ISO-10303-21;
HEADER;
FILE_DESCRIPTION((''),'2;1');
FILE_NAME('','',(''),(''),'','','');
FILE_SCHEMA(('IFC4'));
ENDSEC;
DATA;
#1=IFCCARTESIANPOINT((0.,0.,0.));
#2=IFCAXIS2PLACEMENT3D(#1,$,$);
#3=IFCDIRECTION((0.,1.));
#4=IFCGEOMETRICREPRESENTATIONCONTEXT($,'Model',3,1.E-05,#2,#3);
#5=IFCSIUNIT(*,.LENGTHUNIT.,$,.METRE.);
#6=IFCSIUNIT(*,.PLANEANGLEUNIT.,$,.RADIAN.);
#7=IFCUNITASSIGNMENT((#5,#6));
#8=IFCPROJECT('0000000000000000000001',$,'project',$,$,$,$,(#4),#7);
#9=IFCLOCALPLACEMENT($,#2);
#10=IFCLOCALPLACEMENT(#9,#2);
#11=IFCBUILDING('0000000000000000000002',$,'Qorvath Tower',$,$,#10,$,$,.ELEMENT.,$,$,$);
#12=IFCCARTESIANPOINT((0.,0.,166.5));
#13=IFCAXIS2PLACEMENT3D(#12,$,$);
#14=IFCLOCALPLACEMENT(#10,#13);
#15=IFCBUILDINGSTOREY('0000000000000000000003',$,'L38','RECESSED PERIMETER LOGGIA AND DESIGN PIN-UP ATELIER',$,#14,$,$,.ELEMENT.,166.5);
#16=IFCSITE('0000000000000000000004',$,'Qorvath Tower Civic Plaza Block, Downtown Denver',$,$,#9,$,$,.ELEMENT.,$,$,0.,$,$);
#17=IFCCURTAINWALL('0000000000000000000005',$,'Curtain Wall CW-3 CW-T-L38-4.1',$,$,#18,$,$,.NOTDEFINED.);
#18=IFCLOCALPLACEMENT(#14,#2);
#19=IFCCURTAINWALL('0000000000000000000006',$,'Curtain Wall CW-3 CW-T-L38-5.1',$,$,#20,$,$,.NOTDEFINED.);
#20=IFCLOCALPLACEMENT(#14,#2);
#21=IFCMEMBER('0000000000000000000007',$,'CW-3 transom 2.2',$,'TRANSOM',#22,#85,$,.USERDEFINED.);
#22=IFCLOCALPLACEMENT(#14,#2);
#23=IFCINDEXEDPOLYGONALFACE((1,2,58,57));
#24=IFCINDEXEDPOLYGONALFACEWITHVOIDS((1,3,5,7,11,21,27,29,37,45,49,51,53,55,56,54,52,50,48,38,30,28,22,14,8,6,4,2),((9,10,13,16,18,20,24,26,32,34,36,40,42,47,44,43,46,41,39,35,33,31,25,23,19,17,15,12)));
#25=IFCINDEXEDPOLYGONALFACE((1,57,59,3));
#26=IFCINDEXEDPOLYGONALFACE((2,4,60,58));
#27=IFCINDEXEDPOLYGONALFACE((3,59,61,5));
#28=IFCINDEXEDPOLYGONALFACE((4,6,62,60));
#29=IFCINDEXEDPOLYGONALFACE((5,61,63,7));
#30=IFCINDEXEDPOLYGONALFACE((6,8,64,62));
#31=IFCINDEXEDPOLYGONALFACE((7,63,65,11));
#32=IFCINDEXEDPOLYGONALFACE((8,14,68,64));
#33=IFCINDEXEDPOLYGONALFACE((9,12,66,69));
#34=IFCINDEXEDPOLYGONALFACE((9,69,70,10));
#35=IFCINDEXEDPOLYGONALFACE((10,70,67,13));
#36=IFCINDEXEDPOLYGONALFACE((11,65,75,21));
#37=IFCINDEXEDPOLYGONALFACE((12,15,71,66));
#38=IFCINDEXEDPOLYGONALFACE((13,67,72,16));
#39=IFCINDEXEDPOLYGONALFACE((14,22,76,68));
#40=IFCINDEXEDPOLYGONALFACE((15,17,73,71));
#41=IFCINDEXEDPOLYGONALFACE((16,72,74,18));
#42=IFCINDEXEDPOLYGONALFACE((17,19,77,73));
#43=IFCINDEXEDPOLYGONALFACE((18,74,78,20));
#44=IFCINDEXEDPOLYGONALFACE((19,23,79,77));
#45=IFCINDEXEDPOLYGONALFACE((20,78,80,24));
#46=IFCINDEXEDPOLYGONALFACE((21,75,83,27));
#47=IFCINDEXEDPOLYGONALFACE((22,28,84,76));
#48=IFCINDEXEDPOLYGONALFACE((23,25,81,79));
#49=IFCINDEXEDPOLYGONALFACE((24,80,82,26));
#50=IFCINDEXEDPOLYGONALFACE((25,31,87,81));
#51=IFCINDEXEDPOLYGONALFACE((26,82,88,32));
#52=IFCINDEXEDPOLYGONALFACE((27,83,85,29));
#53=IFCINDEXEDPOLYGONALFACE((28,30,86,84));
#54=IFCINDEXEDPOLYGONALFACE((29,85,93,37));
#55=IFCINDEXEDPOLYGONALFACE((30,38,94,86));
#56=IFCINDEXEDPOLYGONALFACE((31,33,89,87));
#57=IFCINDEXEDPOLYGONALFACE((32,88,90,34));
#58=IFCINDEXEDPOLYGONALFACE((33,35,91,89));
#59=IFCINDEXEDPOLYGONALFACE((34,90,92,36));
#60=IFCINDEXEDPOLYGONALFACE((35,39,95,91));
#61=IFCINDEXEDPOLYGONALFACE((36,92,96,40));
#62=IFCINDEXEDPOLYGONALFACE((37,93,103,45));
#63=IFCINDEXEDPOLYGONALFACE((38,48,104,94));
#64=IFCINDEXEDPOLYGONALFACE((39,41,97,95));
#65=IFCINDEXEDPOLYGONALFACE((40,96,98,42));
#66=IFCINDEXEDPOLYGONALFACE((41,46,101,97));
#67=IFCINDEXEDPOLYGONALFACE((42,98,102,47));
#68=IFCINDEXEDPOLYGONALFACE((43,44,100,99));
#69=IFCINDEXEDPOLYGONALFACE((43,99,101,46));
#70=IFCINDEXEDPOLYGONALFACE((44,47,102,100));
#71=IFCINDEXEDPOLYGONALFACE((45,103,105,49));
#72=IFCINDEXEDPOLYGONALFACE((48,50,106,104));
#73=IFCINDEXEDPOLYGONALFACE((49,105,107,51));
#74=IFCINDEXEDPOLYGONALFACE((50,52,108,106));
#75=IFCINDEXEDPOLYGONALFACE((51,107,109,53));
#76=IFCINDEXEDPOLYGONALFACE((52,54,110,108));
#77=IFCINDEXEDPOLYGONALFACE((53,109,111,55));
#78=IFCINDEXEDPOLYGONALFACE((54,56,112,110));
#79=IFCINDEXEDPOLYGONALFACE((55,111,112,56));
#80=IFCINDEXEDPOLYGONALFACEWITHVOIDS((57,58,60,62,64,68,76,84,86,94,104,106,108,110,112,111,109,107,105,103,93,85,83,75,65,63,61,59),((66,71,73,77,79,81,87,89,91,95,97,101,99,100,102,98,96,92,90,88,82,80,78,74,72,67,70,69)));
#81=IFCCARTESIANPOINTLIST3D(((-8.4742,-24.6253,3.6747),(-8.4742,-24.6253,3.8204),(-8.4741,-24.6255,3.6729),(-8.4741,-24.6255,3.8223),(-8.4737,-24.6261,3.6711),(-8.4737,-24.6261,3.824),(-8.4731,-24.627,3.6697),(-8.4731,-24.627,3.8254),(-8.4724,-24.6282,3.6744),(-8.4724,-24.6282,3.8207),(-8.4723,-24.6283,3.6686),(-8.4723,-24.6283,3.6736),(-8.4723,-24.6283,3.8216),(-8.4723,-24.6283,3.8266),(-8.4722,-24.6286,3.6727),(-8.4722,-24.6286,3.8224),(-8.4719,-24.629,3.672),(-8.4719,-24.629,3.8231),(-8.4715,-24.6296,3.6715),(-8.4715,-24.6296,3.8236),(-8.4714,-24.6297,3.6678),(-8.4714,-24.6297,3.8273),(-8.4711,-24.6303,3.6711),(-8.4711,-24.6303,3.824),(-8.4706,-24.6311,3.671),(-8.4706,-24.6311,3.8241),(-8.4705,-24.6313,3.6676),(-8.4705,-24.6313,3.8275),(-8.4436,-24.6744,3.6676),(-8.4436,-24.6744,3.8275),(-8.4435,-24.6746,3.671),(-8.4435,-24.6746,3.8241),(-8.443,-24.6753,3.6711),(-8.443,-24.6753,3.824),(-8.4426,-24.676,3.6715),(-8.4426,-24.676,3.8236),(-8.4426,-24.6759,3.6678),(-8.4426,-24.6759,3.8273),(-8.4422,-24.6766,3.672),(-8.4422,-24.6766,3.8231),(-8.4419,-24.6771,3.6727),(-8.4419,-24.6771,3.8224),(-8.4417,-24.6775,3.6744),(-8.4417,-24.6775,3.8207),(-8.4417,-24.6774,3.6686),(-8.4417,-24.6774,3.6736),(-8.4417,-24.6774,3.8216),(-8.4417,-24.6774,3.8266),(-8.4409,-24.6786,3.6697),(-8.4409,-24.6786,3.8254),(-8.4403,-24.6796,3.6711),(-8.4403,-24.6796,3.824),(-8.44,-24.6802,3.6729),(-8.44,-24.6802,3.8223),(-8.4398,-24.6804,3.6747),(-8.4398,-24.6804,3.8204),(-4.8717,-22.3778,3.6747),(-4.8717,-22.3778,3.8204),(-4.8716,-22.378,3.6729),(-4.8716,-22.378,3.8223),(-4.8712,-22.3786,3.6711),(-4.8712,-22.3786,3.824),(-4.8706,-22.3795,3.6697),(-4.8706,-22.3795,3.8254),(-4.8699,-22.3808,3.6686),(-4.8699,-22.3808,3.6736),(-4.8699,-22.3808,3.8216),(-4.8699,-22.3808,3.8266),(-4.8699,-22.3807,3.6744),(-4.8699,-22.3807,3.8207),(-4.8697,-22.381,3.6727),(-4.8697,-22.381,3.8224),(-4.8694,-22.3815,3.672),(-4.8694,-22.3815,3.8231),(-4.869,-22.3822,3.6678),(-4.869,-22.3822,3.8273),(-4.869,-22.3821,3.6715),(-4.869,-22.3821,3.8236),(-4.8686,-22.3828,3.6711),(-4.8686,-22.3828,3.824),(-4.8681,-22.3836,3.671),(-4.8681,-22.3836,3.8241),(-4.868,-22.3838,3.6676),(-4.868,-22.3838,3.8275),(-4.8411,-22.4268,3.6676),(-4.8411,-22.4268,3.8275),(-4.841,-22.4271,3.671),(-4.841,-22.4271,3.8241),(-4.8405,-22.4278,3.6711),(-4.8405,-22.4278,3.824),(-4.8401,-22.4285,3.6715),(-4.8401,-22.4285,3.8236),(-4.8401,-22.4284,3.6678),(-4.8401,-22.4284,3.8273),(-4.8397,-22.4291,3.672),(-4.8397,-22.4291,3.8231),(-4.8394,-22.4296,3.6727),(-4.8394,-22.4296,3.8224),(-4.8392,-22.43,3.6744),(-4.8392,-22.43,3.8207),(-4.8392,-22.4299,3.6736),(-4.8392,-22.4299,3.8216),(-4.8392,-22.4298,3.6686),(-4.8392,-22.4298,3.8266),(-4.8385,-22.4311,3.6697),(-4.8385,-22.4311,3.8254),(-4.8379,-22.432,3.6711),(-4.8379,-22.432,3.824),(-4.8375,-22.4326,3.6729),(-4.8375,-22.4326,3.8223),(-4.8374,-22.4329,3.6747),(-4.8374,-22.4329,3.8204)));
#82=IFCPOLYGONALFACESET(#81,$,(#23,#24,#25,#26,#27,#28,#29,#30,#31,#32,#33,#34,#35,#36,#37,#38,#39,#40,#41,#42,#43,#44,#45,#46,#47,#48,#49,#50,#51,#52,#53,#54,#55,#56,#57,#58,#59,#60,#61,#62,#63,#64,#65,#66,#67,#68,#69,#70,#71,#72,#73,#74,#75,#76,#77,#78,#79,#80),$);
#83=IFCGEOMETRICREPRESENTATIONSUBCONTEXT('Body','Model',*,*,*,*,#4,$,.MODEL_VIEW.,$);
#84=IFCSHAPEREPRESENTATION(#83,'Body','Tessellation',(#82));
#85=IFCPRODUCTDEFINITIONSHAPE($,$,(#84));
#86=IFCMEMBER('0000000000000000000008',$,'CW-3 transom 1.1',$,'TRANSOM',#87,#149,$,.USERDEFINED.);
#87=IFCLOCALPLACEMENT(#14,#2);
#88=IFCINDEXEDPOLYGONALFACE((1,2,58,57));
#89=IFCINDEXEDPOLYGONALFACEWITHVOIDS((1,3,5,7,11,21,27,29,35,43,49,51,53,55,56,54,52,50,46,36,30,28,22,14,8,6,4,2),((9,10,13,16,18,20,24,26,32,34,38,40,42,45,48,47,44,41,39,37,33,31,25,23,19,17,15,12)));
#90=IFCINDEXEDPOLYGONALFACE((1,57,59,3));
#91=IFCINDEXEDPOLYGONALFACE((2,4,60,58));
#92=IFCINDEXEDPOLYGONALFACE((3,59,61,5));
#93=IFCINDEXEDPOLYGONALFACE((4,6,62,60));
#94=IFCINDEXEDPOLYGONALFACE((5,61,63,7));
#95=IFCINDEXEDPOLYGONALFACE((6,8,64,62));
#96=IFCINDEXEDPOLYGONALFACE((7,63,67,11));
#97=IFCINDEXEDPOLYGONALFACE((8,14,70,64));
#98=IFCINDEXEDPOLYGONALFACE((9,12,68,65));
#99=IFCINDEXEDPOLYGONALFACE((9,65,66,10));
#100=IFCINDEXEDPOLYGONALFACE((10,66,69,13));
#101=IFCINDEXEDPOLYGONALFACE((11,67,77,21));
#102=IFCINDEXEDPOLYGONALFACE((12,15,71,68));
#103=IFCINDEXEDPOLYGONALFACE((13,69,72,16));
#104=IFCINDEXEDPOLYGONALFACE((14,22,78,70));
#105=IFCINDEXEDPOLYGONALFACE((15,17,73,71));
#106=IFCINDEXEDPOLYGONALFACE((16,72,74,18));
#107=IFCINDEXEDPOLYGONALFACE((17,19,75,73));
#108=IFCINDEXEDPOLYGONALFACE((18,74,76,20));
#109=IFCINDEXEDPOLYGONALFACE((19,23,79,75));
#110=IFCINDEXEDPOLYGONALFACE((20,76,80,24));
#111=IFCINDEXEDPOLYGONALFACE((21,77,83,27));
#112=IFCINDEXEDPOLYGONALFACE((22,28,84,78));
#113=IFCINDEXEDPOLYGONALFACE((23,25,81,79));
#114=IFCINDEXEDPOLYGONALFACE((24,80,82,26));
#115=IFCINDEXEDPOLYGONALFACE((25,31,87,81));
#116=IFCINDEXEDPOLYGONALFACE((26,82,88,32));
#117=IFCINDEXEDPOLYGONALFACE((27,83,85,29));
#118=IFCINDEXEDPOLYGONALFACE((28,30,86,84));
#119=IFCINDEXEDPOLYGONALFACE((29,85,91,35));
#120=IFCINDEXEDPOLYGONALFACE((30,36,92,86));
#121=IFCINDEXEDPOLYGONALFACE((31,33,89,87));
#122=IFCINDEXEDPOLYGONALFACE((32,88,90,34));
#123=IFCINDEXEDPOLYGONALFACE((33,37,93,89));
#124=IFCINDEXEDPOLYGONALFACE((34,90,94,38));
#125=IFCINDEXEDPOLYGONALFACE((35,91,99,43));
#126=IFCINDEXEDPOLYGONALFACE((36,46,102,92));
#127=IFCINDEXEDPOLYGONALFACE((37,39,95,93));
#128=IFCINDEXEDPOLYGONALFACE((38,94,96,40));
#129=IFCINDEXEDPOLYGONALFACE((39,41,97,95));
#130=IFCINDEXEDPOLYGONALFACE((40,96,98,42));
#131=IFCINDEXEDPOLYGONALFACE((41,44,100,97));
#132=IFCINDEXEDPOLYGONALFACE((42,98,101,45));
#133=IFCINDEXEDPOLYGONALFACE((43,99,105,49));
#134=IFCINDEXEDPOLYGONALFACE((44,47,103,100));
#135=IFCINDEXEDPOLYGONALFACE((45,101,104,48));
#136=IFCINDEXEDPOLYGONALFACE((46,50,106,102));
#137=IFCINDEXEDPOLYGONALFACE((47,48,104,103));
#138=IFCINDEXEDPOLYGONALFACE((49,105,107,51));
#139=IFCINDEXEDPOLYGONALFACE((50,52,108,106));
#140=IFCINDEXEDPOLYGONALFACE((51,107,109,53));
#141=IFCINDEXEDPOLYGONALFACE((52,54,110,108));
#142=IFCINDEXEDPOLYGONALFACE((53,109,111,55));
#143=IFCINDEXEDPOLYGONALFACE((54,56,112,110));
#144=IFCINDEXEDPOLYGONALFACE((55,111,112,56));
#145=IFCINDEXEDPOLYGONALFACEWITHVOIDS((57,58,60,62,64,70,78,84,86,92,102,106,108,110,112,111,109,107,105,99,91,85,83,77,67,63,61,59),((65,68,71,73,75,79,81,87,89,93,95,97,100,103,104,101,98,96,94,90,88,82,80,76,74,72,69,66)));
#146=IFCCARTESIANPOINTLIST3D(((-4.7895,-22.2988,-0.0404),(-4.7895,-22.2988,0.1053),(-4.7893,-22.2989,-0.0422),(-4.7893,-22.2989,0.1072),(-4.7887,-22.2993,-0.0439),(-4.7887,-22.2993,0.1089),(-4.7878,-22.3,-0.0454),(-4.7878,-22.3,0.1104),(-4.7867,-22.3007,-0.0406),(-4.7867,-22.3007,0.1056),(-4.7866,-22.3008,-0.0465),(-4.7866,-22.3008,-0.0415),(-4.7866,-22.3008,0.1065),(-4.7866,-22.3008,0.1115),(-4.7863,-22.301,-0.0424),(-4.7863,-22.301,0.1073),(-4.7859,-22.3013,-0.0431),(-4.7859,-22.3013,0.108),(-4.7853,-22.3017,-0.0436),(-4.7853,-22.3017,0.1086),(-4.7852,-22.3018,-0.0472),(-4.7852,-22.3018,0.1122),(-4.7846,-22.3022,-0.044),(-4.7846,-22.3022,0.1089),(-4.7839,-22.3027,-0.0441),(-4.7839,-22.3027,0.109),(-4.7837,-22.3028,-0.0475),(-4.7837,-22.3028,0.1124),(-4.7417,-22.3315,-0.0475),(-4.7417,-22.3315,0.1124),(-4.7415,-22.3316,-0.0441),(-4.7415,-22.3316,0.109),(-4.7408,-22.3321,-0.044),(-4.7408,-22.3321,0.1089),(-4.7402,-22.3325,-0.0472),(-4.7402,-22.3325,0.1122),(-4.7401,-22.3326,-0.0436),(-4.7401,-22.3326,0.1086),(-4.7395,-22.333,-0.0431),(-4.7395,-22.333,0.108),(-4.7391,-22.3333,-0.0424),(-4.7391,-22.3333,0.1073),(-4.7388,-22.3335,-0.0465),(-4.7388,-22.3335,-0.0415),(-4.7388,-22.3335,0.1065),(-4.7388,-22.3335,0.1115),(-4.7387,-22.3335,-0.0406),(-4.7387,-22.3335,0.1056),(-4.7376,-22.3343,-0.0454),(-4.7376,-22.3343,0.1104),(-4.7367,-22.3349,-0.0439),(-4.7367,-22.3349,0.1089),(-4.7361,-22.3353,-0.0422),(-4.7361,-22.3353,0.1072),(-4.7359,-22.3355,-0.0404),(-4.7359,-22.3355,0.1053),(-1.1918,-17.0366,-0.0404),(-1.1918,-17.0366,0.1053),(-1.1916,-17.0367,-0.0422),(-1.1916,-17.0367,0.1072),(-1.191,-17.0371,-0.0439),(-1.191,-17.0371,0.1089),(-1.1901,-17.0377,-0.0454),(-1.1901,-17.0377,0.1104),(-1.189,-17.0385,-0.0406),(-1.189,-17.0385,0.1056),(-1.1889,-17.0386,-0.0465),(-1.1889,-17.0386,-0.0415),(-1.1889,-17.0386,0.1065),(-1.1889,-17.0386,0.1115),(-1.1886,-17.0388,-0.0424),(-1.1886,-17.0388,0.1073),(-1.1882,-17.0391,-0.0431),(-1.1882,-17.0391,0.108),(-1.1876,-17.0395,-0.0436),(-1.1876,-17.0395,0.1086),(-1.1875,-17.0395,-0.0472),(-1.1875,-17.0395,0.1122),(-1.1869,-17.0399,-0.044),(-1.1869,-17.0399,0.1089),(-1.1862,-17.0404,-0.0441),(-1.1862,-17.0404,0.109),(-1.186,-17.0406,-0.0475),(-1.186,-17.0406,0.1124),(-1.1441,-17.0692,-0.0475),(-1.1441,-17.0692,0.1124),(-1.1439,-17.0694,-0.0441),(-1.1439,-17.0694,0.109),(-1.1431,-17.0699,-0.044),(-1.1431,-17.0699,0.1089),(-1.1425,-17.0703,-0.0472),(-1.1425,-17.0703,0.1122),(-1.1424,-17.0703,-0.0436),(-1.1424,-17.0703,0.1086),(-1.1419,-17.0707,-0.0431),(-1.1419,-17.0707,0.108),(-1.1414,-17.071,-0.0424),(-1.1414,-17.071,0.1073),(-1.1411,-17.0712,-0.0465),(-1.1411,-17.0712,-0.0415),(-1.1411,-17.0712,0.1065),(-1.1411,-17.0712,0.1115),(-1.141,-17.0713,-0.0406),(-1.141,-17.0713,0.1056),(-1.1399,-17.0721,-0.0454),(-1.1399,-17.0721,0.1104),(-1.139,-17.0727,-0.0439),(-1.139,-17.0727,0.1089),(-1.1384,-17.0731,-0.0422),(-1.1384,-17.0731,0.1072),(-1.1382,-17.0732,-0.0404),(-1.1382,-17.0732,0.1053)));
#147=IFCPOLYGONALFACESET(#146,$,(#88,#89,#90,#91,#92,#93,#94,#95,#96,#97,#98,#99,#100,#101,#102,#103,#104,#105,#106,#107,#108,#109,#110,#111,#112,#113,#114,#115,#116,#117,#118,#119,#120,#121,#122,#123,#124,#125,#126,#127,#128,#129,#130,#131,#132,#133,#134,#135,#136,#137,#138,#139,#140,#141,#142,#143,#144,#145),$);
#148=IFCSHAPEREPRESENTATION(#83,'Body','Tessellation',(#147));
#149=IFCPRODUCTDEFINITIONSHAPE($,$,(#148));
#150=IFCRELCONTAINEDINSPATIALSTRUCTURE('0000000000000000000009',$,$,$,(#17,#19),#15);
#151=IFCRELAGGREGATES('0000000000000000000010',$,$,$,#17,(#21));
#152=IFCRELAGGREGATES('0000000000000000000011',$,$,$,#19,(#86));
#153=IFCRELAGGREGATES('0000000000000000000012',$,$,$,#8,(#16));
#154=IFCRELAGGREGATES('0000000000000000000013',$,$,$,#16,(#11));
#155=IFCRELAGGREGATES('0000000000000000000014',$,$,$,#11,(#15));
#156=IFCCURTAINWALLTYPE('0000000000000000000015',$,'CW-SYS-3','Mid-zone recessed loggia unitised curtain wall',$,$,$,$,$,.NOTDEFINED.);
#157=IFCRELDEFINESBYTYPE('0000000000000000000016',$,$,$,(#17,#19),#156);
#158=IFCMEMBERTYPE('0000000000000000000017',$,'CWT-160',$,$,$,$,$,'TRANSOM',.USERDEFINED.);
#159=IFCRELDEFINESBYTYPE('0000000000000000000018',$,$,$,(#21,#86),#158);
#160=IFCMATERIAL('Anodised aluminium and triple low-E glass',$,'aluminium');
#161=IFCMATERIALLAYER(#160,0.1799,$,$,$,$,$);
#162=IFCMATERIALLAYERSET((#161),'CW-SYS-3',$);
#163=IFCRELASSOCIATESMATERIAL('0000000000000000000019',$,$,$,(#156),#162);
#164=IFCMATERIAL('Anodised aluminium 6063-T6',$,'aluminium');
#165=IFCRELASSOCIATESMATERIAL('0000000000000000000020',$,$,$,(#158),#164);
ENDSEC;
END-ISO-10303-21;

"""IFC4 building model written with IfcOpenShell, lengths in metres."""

from ifc_helpers import new_model, si_unit, direction, frame, origin, origin_2d, place, context, subcontext, project, spatial, hollow_rectangle, extrude, material, layer, layer_set, material_profile, profile_set, type_object, element, aggregate, save


model = new_model("IFC4")

# Units and contexts
model_context = context("Model", 3, precision=1e-05, world=origin(), true_north=direction((0.0, 1.0)))
body_context = subcontext(model_context, "Body", "Model", "MODEL_VIEW")
ifc_project = project(units=[si_unit("LENGTHUNIT", "METRE"), si_unit("PLANEANGLEUNIT", "RADIAN")], contexts=[model_context])

# Site, building, storey
site_placement = place(None, origin())
site = spatial("IfcSite", under=ifc_project, at=site_placement, Name="Qorvath Tower Civic Plaza Block, Downtown Denver", CompositionType="ELEMENT", RefElevation=0.0)
building_placement = place(site_placement, origin())
building = spatial("IfcBuilding", under=site, at=building_placement, Name="Qorvath Tower", CompositionType="ELEMENT")
storey_placement = place(building_placement, frame((0.0, 0.0, 166.5)))
storey = spatial("IfcBuildingStorey", under=building, at=storey_placement, Name="L38", Description="RECESSED PERIMETER LOGGIA AND DESIGN PIN-UP ATELIER", CompositionType="ELEMENT", Elevation=166.5)

# Shared definitions
ifc_material_1 = material(Name="Anodised aluminium and triple low-E glass", Category="aluminium")
ifc_layer_1 = layer(ifc_material_1, 0.1799)
ifc_layer_set_1 = layer_set([ifc_layer_1], Name="CW-SYS-3")
curtain_wall_type = type_object("IfcCurtainWallType", Name="CW-SYS-3", Description="Mid-zone recessed loggia unitised curtain wall", PredefinedType="NOTDEFINED", material=ifc_layer_set_1)

# Curtain wall
curtain_wall_1_placement = place(storey_placement, origin())
curtain_wall_1 = element("IfcCurtainWall", 1, at=curtain_wall_1_placement, inside=storey, type_object=curtain_wall_type, Name="Curtain Wall CW-3 CW-T-L38-4.1", PredefinedType="NOTDEFINED")

# Curtain wall
curtain_wall_2_placement = place(storey_placement, origin())
curtain_wall_2 = element("IfcCurtainWall", 2, at=curtain_wall_2_placement, inside=storey, type_object=curtain_wall_type, Name="Curtain Wall CW-3 CW-T-L38-5.1", PredefinedType="NOTDEFINED")

# Members
ifc_material_2 = material(Name="Anodised aluminium 6063-T6", Category="aluminium")
ifc_material_profile_1 = material_profile(ifc_material_2, hollow_rectangle(XDim=0.0649, YDim=0.1599, WallThickness=0.0034, InnerFilletRadius=0.0034, OuterFilletRadius=0.0071, at=origin_2d()), Name="CWT 160x65")
ifc_profile_set_1 = profile_set([ifc_material_profile_1], Name="Anodised aluminium 6063-T6")
member_type_1 = type_object("IfcMemberType", Name="CWT-160", ElementType="TRANSOM", PredefinedType="USERDEFINED", material=ifc_profile_set_1)
member_1_placement = place(storey_placement, frame((-8.457, -24.6528, 3.7476), z_axis=(0.848424, 0.529317, 0.0), x_axis=(-0.529317, 0.848424, 0.0)))
member_1 = element("IfcMember", 3, at=member_1_placement, type_object=member_type_1, Name="CW-3 transom 2.2", ObjectType="TRANSOM", PredefinedType="USERDEFINED", context=body_context, shape_type="SweptSolid", body=[
    extrude(hollow_rectangle(XDim=0.0649, YDim=0.1599, WallThickness=0.0034, InnerFilletRadius=0.0034, OuterFilletRadius=0.0071, at=origin_2d()), origin(), (0.0, 0.0, 1.0), 4.2461),
])
member_2_placement = place(storey_placement, frame((-4.7627, -22.3171, 0.0325), z_axis=(0.564385, 0.825512, 0.0), x_axis=(-0.825512, 0.564385, 0.0)))
member_2 = element("IfcMember", 4, at=member_2_placement, type_object=member_type_1, Name="CW-3 transom 1.1", ObjectType="TRANSOM", PredefinedType="USERDEFINED", context=body_context, shape_type="SweptSolid", body=[
    extrude(hollow_rectangle(XDim=0.0649, YDim=0.1599, WallThickness=0.0034, InnerFilletRadius=0.0034, OuterFilletRadius=0.0071, at=origin_2d()), origin(), (0.0, 0.0, 1.0), 6.3745),
])

aggregate(curtain_wall_1, [member_1])
aggregate(curtain_wall_2, [member_2])

save(model, "model.ifc")
